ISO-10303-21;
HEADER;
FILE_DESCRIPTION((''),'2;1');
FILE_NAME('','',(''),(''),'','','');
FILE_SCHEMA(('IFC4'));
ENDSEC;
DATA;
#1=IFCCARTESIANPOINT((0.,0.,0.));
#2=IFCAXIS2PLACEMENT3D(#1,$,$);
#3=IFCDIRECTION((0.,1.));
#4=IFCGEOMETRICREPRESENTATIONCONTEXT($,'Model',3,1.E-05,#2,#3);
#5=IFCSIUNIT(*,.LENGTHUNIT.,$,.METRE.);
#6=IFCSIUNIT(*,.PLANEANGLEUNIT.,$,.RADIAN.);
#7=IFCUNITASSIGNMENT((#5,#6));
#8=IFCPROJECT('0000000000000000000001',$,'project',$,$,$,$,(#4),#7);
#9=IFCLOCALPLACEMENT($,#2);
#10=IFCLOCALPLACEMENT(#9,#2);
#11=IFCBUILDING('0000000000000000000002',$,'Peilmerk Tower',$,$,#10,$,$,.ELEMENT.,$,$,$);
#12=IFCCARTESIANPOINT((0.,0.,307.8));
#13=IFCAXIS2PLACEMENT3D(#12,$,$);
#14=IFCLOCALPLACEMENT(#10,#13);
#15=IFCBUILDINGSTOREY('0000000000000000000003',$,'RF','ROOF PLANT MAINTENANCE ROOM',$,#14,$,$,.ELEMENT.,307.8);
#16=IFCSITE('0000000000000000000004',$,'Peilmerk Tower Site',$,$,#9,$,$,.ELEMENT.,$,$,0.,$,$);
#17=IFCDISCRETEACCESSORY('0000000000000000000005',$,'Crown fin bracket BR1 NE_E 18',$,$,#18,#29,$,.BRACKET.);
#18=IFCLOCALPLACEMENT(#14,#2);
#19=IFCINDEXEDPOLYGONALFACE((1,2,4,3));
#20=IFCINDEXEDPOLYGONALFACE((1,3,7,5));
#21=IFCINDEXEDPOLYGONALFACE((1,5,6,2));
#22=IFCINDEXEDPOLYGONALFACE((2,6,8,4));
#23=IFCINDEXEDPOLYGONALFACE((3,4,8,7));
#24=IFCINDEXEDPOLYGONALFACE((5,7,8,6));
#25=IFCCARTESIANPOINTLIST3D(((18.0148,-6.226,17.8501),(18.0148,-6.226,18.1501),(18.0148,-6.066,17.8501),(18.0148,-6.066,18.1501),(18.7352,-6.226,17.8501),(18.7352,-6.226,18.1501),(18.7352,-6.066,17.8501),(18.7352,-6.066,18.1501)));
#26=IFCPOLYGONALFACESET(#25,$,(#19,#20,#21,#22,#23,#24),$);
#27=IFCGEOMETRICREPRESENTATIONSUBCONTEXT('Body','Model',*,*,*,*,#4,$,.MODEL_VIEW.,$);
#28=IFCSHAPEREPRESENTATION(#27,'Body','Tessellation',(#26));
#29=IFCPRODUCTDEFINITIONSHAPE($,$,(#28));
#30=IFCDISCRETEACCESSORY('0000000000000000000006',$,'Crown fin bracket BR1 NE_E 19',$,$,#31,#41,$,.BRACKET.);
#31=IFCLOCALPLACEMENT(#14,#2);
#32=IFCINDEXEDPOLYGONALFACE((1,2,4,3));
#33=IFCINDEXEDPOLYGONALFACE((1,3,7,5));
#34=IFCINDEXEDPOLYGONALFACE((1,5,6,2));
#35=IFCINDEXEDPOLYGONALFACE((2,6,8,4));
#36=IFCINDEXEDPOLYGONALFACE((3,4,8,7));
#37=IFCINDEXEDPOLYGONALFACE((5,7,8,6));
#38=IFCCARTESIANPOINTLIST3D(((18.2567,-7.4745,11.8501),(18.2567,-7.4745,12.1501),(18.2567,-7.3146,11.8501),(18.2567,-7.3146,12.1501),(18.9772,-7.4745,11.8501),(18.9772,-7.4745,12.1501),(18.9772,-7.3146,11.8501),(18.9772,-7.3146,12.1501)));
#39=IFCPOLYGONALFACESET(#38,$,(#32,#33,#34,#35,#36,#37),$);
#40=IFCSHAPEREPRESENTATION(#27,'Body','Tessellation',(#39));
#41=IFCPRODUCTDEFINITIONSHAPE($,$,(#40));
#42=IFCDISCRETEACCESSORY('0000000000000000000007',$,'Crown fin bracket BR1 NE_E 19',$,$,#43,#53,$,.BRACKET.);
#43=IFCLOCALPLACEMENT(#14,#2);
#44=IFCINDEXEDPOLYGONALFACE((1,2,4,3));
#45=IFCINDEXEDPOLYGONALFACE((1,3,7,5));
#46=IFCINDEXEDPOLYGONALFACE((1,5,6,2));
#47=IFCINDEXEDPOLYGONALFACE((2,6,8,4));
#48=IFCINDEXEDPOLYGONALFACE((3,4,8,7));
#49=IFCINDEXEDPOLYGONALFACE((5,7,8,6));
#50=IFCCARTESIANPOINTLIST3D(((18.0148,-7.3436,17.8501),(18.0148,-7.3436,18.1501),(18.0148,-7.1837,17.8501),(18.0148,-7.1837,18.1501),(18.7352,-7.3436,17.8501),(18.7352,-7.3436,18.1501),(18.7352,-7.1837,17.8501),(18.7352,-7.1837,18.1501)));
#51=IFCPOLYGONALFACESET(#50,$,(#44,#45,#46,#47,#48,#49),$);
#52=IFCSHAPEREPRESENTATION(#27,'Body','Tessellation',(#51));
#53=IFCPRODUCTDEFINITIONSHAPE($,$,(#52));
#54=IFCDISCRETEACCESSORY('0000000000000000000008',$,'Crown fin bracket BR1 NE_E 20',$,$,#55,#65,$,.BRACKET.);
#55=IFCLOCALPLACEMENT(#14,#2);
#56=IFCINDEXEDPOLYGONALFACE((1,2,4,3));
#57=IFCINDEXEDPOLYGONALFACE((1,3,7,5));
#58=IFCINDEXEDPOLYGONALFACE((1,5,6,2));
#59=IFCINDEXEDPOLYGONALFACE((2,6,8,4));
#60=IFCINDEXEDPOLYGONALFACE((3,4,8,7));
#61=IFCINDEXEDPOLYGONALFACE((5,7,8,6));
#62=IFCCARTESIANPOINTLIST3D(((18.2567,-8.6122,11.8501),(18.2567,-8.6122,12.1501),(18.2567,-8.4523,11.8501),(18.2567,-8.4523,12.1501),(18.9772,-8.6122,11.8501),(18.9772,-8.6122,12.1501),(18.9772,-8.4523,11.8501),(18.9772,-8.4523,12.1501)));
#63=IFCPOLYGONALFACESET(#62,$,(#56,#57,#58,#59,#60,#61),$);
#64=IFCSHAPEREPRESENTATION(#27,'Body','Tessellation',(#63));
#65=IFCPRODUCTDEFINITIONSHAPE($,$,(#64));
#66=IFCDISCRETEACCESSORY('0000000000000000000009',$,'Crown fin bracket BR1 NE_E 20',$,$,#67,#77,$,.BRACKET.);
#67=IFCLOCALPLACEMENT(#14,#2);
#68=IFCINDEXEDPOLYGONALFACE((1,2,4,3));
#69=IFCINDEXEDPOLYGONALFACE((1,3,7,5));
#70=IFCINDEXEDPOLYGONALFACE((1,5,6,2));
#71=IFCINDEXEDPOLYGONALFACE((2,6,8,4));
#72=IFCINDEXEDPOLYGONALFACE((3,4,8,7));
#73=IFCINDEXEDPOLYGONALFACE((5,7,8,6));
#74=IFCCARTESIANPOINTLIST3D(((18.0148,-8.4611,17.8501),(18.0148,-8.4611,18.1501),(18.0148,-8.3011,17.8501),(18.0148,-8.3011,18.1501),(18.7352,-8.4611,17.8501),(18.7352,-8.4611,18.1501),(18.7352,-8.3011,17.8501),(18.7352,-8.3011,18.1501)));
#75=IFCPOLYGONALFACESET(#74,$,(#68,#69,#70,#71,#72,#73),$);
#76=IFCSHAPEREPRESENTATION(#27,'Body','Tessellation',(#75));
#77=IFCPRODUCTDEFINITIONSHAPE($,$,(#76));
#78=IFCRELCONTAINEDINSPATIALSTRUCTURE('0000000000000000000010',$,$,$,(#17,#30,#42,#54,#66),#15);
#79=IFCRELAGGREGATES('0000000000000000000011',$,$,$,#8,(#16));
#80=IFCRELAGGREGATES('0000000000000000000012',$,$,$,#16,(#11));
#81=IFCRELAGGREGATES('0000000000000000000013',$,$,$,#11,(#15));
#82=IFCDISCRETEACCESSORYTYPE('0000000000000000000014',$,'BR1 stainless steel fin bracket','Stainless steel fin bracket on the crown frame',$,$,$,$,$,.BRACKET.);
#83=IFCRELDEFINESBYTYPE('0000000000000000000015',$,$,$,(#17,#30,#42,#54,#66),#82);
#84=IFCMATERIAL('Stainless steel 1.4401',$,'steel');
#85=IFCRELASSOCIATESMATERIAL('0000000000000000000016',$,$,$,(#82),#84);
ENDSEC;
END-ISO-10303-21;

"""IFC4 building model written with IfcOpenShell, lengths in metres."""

from ifc_helpers import new_model, si_unit, direction, frame, origin, origin_2d, place, context, subcontext, project, spatial, rectangle, extrude, source, transform, mapped, material, type_object, element, save


model = new_model("IFC4")

# Units and contexts
model_context = context("Model", 3, precision=1e-05, world=origin(), true_north=direction((0.0, 1.0)))
body_context = subcontext(model_context, "Body", "Model", "MODEL_VIEW")
ifc_project = project(units=[si_unit("LENGTHUNIT", "METRE"), si_unit("PLANEANGLEUNIT", "RADIAN")], contexts=[model_context])

# Site, building, storey
site_placement = place(None, origin())
site = spatial("IfcSite", under=ifc_project, at=site_placement, Name="Peilmerk Tower Site", CompositionType="ELEMENT", RefElevation=0.0)
building_placement = place(site_placement, origin())
building = spatial("IfcBuilding", under=site, at=building_placement, Name="Peilmerk Tower", CompositionType="ELEMENT")
storey_placement = place(building_placement, frame((0.0, 0.0, 307.8)))
storey = spatial("IfcBuildingStorey", under=building, at=storey_placement, Name="RF", Description="ROOF PLANT MAINTENANCE ROOM", CompositionType="ELEMENT", Elevation=307.8)

# Discrete accessories
ifc_material_1 = material(Name="Stainless steel 1.4401", Category="steel")
discrete_accessory_type = type_object("IfcDiscreteAccessoryType", Name="BR1 stainless steel fin bracket", Description="Stainless steel fin bracket on the crown frame", PredefinedType="BRACKET", material=ifc_material_1)
shared_shape_1 = source(origin(), body_context, "Body", "SweptSolid", [
    extrude(rectangle(XDim=0.7205, YDim=0.1599, at=origin_2d()), origin(), (0.0, 0.0, 1.0), 0.3),
])
for number, where, z_axis, x_axis, name in (
    (1, (18.375, -6.146, 17.8501), (0.0, 0.0, 1.0), (1.0, 0.0, 0.0), "Crown fin bracket BR1 NE_E 18"),
    (2, (18.6169, -7.3945, 11.8501), (0.0, 0.0, 1.0), (1.0, 0.0, 0.0), "Crown fin bracket BR1 NE_E 19"),
    (3, (18.375, -7.2637, 17.8501), (0.0, 0.0, 1.0), (1.0, 0.0, 0.0), "Crown fin bracket BR1 NE_E 19"),
    (4, (18.6169, -8.5322, 11.8501), (0.0, 0.0, 1.0), (1.0, 0.0, 0.0), "Crown fin bracket BR1 NE_E 20"),
    (5, (18.375, -8.3811, 17.8501), (0.0, 0.0, 1.0), (1.0, 0.0, 0.0), "Crown fin bracket BR1 NE_E 20"),
):
    element("IfcDiscreteAccessory", number, at=place(storey_placement, frame(where, z_axis=z_axis, x_axis=x_axis)), inside=storey, type_object=discrete_accessory_type, Name=name, PredefinedType="BRACKET", context=body_context, shape_type="MappedRepresentation", body=[
        mapped(shared_shape_1, transform((0.0, 0.0, 0.0), scale=1.0)),
    ])

save(model, "model.ifc")
